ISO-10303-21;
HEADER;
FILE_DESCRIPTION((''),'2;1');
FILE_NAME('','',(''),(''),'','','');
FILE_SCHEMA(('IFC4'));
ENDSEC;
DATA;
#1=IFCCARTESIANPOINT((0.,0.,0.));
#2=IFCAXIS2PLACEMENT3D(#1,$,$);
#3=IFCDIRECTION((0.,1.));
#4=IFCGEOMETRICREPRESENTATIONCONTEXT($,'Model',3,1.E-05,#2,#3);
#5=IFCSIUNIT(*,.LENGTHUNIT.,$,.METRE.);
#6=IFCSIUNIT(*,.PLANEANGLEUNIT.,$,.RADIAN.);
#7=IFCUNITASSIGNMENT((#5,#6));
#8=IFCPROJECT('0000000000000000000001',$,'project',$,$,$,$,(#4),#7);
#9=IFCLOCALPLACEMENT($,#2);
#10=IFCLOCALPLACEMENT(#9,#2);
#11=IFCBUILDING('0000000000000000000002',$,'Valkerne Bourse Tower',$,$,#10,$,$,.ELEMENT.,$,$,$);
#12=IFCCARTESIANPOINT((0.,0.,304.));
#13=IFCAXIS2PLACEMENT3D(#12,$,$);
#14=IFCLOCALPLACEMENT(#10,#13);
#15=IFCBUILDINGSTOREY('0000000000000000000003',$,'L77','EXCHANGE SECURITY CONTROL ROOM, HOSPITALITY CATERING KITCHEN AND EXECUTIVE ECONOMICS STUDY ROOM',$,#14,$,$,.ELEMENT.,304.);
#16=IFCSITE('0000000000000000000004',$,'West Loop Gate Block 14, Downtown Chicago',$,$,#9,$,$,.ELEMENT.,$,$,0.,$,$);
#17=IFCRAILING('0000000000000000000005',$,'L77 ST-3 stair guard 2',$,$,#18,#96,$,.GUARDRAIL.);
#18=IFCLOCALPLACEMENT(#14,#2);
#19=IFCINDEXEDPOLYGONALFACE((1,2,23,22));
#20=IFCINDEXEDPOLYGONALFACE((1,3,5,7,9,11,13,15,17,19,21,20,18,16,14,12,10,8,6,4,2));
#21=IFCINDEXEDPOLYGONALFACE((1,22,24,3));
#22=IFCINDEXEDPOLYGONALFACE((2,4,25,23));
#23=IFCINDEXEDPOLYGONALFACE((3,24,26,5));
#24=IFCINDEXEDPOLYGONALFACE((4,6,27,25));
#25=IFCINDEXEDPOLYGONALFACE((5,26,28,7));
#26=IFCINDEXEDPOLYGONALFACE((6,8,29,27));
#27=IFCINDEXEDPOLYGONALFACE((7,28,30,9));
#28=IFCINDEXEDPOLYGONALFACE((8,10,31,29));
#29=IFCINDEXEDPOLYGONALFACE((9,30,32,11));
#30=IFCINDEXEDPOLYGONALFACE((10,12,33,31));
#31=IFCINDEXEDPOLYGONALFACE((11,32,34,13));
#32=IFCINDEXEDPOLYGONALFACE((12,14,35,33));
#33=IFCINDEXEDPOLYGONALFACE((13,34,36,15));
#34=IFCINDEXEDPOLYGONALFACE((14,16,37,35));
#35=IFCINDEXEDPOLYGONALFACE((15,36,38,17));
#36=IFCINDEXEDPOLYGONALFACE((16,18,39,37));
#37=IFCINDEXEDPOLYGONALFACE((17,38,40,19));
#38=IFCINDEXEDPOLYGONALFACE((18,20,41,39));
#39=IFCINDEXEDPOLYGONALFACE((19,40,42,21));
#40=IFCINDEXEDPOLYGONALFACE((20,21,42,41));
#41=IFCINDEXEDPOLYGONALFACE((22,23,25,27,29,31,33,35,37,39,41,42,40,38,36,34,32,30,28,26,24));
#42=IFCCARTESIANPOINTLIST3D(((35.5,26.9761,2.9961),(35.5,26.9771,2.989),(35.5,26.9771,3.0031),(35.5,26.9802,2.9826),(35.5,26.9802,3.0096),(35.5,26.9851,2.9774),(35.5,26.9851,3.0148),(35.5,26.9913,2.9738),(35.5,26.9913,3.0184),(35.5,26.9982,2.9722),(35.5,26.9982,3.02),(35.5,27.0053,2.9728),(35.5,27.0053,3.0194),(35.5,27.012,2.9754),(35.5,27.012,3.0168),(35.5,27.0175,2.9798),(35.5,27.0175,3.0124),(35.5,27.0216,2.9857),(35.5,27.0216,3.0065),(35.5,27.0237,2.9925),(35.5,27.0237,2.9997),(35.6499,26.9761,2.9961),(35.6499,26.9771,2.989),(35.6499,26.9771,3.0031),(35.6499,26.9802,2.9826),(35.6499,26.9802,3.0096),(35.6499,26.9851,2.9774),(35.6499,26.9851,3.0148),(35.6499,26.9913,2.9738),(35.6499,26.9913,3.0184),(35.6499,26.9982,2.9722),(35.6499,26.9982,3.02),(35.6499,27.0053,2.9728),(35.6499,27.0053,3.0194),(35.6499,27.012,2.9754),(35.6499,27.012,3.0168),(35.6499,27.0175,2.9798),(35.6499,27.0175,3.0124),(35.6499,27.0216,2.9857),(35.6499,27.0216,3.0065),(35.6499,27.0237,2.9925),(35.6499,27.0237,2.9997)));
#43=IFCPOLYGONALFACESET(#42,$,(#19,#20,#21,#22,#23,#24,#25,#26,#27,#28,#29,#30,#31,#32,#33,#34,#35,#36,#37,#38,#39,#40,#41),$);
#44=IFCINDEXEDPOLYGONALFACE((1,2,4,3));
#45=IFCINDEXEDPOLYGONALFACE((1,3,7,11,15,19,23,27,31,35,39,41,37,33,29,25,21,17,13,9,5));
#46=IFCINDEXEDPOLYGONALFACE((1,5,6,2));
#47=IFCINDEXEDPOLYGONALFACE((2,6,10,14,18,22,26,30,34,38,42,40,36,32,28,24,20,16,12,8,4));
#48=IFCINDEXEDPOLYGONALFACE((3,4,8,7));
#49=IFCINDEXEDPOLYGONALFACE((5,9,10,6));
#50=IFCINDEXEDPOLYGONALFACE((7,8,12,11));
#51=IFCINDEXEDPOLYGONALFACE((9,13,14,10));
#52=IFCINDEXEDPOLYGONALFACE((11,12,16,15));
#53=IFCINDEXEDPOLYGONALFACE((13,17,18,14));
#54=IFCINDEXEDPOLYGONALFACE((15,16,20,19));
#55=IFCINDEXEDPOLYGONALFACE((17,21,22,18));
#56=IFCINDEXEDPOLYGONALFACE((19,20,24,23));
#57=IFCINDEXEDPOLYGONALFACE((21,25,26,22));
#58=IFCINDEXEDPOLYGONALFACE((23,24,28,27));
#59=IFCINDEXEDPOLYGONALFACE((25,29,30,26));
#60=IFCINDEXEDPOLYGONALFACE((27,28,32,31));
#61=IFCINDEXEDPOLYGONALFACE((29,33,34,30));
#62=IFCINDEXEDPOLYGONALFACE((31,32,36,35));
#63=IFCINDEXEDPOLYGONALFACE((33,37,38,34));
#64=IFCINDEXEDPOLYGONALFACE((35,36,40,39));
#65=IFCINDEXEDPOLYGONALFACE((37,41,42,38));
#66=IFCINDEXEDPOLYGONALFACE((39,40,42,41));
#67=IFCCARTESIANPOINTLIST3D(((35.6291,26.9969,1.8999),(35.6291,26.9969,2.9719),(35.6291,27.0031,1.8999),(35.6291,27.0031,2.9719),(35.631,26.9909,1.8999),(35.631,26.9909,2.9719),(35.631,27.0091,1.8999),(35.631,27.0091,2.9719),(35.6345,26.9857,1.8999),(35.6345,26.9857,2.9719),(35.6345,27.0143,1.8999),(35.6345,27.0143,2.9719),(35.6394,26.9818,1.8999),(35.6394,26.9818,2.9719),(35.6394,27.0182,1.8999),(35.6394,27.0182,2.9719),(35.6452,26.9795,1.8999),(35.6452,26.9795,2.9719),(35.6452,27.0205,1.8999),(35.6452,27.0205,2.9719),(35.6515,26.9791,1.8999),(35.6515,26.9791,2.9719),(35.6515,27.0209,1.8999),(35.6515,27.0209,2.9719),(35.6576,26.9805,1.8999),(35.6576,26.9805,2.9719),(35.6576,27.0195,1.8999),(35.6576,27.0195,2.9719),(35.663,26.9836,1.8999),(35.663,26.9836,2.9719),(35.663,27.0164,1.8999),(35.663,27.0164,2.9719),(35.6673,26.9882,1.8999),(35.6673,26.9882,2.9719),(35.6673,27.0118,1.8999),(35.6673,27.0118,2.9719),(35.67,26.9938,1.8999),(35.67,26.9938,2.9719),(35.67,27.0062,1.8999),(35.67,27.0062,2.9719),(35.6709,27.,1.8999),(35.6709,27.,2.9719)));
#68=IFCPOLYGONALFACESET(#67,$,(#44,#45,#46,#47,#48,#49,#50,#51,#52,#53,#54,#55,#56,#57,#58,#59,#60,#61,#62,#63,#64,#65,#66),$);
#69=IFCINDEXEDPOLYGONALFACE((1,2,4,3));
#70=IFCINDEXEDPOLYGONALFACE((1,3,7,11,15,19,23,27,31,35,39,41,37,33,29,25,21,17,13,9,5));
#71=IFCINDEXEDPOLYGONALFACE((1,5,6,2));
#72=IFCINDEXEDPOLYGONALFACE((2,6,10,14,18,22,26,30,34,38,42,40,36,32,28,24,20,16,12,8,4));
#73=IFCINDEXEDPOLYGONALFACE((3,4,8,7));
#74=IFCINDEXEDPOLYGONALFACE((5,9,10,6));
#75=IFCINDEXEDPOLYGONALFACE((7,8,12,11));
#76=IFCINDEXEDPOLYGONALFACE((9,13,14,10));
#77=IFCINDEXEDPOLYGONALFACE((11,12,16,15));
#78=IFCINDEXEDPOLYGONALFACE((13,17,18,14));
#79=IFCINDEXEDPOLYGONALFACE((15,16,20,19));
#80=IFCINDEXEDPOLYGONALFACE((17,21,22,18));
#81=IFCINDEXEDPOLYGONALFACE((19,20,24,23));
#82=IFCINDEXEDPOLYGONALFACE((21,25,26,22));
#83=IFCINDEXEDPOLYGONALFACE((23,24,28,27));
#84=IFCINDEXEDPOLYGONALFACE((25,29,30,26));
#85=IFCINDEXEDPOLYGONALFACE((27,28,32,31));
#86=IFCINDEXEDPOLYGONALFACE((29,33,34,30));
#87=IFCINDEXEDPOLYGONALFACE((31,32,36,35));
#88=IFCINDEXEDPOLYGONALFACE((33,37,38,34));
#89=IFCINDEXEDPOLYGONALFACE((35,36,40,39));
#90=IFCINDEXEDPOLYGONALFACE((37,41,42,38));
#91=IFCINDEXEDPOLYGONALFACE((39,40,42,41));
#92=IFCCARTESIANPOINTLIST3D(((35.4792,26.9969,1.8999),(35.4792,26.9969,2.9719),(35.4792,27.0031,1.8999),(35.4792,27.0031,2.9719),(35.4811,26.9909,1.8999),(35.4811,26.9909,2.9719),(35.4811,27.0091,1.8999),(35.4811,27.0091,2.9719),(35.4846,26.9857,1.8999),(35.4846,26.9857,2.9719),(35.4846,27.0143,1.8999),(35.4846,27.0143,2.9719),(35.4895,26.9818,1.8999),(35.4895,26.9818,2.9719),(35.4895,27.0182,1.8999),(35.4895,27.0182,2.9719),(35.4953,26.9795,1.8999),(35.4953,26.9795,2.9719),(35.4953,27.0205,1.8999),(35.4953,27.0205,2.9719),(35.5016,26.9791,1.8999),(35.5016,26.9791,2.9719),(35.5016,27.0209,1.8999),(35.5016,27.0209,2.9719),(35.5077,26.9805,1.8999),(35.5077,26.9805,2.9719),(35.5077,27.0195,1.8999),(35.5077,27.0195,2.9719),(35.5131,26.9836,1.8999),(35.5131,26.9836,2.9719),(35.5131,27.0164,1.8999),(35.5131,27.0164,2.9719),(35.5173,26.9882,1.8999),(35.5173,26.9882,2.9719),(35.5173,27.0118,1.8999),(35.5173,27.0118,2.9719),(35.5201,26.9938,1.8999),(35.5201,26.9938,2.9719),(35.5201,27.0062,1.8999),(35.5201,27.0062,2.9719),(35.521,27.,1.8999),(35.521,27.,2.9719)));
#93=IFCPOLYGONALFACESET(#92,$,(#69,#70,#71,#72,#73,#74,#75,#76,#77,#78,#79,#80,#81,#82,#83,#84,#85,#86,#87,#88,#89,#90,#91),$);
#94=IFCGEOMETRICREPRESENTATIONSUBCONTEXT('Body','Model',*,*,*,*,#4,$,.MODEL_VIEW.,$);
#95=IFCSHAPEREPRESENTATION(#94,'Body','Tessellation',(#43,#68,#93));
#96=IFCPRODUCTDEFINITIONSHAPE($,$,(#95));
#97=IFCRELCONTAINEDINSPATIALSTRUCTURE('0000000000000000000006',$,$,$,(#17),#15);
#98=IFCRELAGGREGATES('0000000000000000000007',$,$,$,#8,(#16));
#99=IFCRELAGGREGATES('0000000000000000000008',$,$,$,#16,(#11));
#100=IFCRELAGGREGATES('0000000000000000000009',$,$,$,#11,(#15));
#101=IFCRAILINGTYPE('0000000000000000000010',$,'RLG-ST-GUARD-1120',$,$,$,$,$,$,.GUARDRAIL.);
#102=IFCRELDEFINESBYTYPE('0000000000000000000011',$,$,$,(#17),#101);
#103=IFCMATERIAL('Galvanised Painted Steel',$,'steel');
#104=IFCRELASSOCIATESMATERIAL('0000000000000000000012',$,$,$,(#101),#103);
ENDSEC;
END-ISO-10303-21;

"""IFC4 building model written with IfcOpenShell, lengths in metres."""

from ifc_helpers import new_model, si_unit, direction, frame, origin, origin_2d, place, context, subcontext, project, spatial, circle, extrude, material, type_object, element, save


model = new_model("IFC4")

# Units and contexts
model_context = context("Model", 3, precision=1e-05, world=origin(), true_north=direction((0.0, 1.0)))
body_context = subcontext(model_context, "Body", "Model", "MODEL_VIEW")
ifc_project = project(units=[si_unit("LENGTHUNIT", "METRE"), si_unit("PLANEANGLEUNIT", "RADIAN")], contexts=[model_context])

# Site, building, storey
site_placement = place(None, origin())
site = spatial("IfcSite", under=ifc_project, at=site_placement, Name="West Loop Gate Block 14, Downtown Chicago", CompositionType="ELEMENT", RefElevation=0.0)
building_placement = place(site_placement, origin())
building = spatial("IfcBuilding", under=site, at=building_placement, Name="Valkerne Bourse Tower", CompositionType="ELEMENT")
storey_placement = place(building_placement, frame((0.0, 0.0, 304.0)))
storey = spatial("IfcBuildingStorey", under=building, at=storey_placement, Name="L77", Description="EXCHANGE SECURITY CONTROL ROOM, HOSPITALITY CATERING KITCHEN AND EXECUTIVE ECONOMICS STUDY ROOM", CompositionType="ELEMENT", Elevation=304.0)

# Railing
ifc_material_1 = material(Name="Galvanised Painted Steel", Category="steel")
railing_type_1 = type_object("IfcRailingType", Name="RLG-ST-GUARD-1120", PredefinedType="GUARDRAIL", material=ifc_material_1)
railing_1_placement = place(storey_placement, frame((35.6499, 27.0, 1.8999)))
element("IfcRailing", 1, at=railing_1_placement, inside=storey, type_object=railing_type_1, Name="L77 ST-3 stair guard 2", PredefinedType="GUARDRAIL", context=body_context, shape_type="SweptSolid", body=[
    extrude(circle(Radius=0.0239, at=origin_2d()), frame((0.0, 0.0, 1.0962), z_axis=(-1.0, 0.0, 0.0), x_axis=(0.0, -1.0, 0.0)), (0.0, 0.0, 1.0), 0.1499),
    extrude(circle(Radius=0.021, at=origin_2d()), origin(), (0.0, 0.0, 1.0), 1.072),
    extrude(circle(Radius=0.021, at=origin_2d()), frame((-0.1499, 0.0, 0.0)), (0.0, 0.0, 1.0), 1.072),
])

save(model, "model.ifc")
